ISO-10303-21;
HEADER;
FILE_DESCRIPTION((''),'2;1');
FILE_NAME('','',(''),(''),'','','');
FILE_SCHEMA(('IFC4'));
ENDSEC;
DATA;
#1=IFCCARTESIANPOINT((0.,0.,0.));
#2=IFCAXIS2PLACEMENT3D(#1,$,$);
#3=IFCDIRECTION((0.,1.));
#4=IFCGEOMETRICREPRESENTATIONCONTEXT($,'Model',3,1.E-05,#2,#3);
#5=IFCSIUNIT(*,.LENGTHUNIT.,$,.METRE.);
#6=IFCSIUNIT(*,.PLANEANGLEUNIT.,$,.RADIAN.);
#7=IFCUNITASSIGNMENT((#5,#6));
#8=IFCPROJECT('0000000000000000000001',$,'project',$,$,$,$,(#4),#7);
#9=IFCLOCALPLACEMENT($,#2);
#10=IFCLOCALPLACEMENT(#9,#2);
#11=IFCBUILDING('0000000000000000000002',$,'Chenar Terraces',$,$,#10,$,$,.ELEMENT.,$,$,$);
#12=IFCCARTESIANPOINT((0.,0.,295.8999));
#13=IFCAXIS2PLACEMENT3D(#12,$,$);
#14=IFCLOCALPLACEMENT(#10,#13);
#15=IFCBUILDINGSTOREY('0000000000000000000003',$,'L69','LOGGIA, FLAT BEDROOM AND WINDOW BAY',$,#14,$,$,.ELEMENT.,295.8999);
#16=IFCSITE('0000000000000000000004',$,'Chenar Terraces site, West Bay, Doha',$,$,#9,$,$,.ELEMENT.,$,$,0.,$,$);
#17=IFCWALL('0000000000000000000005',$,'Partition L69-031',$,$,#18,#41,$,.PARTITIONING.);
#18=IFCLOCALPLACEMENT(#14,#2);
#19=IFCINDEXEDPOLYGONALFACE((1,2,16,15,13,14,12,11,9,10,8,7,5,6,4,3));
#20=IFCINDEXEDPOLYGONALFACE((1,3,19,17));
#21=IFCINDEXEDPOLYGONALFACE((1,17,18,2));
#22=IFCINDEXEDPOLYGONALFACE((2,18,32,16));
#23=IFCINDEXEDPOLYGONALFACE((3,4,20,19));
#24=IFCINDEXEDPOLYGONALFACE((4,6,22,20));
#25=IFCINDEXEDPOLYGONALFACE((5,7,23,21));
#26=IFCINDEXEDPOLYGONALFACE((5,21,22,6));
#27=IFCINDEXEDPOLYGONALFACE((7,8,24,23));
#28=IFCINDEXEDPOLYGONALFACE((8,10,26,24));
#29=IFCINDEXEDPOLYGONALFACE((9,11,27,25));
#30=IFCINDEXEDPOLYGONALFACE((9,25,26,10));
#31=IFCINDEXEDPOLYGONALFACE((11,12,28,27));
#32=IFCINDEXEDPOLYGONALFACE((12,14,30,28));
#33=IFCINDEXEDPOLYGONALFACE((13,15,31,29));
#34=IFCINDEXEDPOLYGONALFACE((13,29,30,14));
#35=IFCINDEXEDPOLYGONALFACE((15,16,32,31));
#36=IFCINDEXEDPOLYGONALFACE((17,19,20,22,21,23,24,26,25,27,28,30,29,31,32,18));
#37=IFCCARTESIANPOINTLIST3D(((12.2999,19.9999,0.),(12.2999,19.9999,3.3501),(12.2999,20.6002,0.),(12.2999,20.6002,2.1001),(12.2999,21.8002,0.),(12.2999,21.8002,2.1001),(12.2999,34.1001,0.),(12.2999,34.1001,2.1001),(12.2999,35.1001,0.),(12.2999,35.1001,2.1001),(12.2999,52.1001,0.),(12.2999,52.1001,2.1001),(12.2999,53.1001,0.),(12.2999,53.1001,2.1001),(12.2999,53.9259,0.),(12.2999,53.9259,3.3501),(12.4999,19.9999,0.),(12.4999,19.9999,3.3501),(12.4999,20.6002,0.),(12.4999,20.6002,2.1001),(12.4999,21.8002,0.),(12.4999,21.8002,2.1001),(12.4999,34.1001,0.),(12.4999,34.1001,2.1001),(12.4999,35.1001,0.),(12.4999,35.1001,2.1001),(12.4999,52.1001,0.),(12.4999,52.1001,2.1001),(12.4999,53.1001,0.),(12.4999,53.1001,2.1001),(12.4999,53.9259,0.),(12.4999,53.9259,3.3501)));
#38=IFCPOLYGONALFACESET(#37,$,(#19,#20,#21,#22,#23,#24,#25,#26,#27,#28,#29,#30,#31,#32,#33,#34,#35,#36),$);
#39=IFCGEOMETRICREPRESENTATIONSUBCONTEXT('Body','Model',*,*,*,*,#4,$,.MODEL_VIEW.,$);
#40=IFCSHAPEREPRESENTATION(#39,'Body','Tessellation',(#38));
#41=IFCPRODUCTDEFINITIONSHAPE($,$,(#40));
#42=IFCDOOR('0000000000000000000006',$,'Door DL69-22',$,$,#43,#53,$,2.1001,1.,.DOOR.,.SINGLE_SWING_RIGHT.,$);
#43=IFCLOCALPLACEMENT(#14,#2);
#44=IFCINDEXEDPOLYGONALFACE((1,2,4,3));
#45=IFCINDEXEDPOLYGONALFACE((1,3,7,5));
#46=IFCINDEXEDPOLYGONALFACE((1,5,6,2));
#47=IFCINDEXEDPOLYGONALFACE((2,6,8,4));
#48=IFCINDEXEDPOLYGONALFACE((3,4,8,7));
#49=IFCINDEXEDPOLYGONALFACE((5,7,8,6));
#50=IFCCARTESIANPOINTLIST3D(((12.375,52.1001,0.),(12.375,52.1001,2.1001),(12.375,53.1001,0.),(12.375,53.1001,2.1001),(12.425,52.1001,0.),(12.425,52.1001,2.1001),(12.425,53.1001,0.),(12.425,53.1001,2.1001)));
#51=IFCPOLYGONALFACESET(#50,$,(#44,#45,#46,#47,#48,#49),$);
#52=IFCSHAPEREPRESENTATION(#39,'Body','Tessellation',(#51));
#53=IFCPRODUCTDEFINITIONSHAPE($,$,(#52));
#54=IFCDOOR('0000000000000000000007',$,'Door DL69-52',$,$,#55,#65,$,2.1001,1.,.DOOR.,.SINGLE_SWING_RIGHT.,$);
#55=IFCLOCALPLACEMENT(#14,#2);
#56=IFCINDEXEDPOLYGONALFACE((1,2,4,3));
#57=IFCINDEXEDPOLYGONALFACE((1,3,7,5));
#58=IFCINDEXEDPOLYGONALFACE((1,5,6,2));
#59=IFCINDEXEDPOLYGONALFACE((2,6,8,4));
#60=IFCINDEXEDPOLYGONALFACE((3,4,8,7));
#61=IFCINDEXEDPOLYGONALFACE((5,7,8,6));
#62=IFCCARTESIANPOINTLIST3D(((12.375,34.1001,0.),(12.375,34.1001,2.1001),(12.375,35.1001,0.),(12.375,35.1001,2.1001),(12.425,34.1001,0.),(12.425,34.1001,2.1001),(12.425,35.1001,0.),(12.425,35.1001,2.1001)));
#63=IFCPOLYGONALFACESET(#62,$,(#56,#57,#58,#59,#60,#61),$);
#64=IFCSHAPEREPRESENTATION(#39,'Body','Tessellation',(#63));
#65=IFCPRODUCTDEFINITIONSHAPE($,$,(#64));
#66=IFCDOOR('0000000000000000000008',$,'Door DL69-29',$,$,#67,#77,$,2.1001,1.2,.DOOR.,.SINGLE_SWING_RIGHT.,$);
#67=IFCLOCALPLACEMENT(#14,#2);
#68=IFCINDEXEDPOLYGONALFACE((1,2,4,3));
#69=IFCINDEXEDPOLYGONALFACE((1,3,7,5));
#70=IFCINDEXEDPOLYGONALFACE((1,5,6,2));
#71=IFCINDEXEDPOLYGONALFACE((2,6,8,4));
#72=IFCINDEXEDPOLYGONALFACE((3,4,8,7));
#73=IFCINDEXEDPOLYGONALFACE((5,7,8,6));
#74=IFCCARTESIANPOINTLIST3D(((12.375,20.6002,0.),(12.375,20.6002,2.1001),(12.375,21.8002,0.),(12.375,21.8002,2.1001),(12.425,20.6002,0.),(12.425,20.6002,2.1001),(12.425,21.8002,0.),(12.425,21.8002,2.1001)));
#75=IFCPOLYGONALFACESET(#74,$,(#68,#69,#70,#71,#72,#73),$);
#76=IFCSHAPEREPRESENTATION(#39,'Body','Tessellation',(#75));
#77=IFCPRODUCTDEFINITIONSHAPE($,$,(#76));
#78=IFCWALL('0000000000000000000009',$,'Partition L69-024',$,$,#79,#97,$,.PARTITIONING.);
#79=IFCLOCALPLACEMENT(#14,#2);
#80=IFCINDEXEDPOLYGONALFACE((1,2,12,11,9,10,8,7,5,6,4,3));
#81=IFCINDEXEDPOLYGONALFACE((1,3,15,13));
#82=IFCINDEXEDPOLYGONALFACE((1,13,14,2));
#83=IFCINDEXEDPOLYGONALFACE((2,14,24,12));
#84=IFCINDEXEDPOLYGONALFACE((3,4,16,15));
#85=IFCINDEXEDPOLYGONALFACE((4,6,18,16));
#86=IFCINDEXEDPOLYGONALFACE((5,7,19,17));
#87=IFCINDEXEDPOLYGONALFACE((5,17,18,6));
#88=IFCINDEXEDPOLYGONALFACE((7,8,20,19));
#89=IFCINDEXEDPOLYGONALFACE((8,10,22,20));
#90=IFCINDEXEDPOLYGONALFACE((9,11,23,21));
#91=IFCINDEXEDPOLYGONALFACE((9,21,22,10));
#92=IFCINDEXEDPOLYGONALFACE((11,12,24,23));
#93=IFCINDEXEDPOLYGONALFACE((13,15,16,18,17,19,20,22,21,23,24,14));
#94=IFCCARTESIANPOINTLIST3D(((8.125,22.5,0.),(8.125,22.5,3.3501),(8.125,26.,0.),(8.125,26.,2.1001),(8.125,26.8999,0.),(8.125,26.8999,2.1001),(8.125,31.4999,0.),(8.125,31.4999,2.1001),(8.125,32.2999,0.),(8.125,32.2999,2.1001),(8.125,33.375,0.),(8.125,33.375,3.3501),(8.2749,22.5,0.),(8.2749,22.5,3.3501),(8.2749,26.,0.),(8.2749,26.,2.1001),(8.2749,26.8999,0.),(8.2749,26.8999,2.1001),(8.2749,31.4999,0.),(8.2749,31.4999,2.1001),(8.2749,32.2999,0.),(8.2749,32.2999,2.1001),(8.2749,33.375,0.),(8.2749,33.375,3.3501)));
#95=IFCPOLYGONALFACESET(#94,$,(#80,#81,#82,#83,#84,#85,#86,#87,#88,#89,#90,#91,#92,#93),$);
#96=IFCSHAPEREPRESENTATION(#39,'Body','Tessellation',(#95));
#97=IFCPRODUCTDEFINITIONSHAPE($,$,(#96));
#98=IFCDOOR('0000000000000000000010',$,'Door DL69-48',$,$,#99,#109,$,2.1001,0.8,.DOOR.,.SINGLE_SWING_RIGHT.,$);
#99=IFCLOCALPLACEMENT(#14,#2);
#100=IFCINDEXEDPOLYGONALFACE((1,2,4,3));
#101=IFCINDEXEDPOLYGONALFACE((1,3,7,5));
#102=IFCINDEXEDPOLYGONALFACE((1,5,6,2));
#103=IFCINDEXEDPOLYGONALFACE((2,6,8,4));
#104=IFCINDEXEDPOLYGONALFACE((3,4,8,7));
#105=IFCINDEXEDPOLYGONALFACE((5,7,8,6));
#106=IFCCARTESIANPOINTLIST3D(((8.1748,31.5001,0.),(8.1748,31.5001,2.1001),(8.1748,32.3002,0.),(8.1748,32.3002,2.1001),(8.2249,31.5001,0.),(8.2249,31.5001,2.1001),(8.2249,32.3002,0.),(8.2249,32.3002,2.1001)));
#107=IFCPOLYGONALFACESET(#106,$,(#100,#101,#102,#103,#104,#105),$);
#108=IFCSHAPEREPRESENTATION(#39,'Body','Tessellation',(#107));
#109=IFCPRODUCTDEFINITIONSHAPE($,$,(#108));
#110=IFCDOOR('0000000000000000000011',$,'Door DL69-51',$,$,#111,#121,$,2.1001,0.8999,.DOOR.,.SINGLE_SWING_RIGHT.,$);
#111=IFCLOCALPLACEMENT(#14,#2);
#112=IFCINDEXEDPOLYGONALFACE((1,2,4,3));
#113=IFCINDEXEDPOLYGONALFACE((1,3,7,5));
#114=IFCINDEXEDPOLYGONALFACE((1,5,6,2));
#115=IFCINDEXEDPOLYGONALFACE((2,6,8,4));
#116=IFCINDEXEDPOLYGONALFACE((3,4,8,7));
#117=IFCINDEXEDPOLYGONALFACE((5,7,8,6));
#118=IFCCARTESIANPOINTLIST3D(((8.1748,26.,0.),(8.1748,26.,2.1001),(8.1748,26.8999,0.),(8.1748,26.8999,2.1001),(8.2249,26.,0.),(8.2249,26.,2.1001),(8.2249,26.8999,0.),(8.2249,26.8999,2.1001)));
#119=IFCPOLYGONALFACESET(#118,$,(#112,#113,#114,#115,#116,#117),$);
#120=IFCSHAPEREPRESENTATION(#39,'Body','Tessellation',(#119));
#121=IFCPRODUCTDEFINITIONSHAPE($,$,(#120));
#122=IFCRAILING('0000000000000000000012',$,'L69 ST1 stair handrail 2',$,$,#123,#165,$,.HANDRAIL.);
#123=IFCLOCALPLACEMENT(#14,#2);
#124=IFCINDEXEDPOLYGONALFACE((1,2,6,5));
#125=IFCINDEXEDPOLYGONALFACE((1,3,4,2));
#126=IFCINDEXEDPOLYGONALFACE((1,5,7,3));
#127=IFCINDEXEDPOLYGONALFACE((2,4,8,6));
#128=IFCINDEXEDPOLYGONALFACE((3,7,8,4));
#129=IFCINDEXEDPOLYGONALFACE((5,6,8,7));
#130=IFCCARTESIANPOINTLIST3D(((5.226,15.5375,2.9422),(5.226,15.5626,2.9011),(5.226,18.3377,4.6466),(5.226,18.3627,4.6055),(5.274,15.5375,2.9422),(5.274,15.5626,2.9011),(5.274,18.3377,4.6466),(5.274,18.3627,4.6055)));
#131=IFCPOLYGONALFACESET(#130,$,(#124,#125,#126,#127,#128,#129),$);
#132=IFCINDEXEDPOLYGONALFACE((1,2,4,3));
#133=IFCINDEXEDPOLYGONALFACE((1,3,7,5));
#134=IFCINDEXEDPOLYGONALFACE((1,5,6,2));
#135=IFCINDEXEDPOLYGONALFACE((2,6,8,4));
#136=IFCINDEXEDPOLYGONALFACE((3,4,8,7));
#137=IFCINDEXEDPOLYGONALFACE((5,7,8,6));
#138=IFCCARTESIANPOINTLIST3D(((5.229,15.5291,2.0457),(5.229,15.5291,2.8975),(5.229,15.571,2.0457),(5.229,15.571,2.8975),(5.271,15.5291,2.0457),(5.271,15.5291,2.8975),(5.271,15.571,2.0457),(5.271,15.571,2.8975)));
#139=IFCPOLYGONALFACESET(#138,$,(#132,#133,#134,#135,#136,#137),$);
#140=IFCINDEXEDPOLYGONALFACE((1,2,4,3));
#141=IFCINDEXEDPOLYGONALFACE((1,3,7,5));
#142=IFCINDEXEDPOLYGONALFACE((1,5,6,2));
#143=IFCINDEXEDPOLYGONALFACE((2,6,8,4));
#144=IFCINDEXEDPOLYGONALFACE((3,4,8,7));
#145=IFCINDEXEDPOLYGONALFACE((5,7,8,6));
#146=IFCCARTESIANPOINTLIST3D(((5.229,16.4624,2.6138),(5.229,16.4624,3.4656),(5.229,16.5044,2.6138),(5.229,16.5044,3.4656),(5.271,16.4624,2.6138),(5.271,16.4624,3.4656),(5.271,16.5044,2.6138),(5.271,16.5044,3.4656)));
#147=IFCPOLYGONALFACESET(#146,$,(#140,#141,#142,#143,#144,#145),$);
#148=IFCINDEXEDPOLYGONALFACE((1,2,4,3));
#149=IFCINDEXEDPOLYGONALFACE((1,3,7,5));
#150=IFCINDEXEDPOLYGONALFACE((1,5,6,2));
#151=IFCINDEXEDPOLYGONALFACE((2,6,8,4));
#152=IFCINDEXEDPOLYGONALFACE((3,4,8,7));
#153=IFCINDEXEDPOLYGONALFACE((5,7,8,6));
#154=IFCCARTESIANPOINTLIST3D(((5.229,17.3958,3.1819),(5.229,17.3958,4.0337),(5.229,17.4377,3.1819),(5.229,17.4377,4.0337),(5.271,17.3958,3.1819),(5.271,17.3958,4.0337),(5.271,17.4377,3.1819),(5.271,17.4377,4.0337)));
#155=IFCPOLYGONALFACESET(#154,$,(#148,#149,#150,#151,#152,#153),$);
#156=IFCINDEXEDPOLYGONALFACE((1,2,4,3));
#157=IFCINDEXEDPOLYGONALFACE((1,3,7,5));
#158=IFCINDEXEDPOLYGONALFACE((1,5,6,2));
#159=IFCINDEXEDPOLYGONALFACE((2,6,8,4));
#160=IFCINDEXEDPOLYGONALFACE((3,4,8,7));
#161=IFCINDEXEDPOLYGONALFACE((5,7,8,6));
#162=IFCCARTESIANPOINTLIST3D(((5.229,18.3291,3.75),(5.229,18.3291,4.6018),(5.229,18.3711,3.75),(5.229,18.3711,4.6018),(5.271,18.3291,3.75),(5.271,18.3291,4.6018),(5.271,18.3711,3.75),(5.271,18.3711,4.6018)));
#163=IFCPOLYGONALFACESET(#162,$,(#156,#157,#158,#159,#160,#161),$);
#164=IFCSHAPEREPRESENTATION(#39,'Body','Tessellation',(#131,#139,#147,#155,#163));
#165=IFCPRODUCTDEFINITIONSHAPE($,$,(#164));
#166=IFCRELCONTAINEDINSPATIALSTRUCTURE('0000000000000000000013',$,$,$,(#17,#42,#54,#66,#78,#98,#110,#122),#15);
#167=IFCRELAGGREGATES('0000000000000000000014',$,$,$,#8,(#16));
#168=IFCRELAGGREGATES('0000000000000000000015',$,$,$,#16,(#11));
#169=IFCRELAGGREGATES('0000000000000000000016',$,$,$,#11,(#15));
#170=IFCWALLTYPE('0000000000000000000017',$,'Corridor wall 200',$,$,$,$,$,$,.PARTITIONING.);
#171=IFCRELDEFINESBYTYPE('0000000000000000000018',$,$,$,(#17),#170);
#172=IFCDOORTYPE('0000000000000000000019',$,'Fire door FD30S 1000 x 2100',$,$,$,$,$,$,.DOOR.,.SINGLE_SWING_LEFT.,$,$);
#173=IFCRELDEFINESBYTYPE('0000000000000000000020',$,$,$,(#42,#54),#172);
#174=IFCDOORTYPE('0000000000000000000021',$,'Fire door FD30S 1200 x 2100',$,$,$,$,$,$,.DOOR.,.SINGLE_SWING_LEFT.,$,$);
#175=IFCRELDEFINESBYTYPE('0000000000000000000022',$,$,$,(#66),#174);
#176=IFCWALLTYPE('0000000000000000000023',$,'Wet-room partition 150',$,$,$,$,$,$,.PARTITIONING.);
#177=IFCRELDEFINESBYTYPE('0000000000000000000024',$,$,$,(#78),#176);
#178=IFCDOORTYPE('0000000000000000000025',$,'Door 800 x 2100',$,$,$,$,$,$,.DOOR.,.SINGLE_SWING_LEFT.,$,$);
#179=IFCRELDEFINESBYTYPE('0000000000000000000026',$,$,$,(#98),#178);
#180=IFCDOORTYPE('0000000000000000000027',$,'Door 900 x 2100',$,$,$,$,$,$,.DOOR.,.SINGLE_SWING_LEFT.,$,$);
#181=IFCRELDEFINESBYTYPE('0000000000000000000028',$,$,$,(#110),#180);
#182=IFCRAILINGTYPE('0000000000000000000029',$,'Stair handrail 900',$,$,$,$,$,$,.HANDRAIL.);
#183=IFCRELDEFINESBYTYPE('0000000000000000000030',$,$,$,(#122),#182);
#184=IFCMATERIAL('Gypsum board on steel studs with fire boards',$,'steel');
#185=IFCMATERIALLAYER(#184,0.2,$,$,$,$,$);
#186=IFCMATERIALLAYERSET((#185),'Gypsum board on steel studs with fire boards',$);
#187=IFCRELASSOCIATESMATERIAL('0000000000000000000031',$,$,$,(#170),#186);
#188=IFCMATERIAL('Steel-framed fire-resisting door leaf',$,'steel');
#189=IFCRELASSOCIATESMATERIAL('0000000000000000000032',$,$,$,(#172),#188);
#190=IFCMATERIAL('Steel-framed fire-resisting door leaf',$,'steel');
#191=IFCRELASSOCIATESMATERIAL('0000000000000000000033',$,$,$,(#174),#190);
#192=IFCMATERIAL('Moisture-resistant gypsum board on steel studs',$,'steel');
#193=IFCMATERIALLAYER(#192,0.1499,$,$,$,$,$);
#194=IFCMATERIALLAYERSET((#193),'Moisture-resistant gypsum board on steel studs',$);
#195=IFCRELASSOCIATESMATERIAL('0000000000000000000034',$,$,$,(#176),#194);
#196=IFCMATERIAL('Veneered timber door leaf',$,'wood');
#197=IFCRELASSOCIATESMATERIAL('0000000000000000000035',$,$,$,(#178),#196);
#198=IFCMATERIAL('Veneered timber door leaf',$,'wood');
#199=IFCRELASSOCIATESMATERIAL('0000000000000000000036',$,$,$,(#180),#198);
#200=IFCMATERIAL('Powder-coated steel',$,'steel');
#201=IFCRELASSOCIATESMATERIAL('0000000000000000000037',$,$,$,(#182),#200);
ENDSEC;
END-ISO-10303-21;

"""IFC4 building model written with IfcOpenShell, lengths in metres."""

from ifc_helpers import new_model, si_unit, direction, frame, frame_2d, origin, origin_2d, place, context, subcontext, project, spatial, rectangle, extrude, material, layer, layer_set, type_object, element, fill, save


model = new_model("IFC4")

# Units and contexts
model_context = context("Model", 3, precision=1e-05, world=origin(), true_north=direction((0.0, 1.0)))
body_context = subcontext(model_context, "Body", "Model", "MODEL_VIEW")
ifc_project = project(units=[si_unit("LENGTHUNIT", "METRE"), si_unit("PLANEANGLEUNIT", "RADIAN")], contexts=[model_context])

# Site, building, storey
site_placement = place(None, origin())
site = spatial("IfcSite", under=ifc_project, at=site_placement, Name="Chenar Terraces site, West Bay, Doha", CompositionType="ELEMENT", RefElevation=0.0)
building_placement = place(site_placement, origin())
building = spatial("IfcBuilding", under=site, at=building_placement, Name="Chenar Terraces", CompositionType="ELEMENT")
storey_placement = place(building_placement, frame((0.0, 0.0, 295.8999)))
storey = spatial("IfcBuildingStorey", under=building, at=storey_placement, Name="L69", Description="LOGGIA, FLAT BEDROOM AND WINDOW BAY", CompositionType="ELEMENT", Elevation=295.8999)

# Walls, openings, doors
ifc_material_1 = material(Name="Gypsum board on steel studs with fire boards", Category="steel")
ifc_layer_1 = layer(ifc_material_1, 0.2)
ifc_layer_set_1 = layer_set([ifc_layer_1], Name="Gypsum board on steel studs with fire boards")
wall_type_1 = type_object("IfcWallType", Name="Corridor wall 200", PredefinedType="PARTITIONING", material=ifc_layer_set_1)
wall_1_placement = place(storey_placement, frame((12.3999, 20.0, 0.0), z_axis=(0.0, 0.0, 1.0), x_axis=(0.0, 1.0, 0.0)))
wall_1 = element("IfcWall", 1, at=wall_1_placement, inside=storey, type_object=wall_type_1, Name="Partition L69-031", PredefinedType="PARTITIONING", context=body_context, shape_type="SweptSolid", body=[
    extrude(rectangle(XDim=33.926, YDim=0.2, at=frame_2d((16.9629, 0.0))), origin(), (0.0, 0.0, 1.0), 3.3501),
])
opening_1_placement = place(wall_1_placement, frame((32.1001, 0.0, 0.0)))
opening_1 = element("IfcOpeningElement", 2, at=opening_1_placement, cuts=wall_1, PredefinedType="OPENING", context=body_context, shape_type="SweptSolid", body=[
    extrude(rectangle(XDim=1.0, YDim=2.1001, at=frame_2d((0.5, 1.05))), frame((0.0, 0.1099, 0.0), z_axis=(0.0, -1.0, 0.0), x_axis=(1.0, 0.0, 0.0)), (0.0, 0.0, 1.0), 0.22),
])
opening_2_placement = place(wall_1_placement, frame((0.6001, 0.0, 0.0)))
opening_2 = element("IfcOpeningElement", 3, at=opening_2_placement, cuts=wall_1, PredefinedType="OPENING", context=body_context, shape_type="SweptSolid", body=[
    extrude(rectangle(XDim=1.2, YDim=2.1001, at=frame_2d((0.6001, 1.05))), frame((0.0, 0.1099, 0.0), z_axis=(0.0, -1.0, 0.0), x_axis=(1.0, 0.0, 0.0)), (0.0, 0.0, 1.0), 0.22),
])
opening_3_placement = place(wall_1_placement, frame((14.1001, 0.0, 0.0)))
opening_3 = element("IfcOpeningElement", 4, at=opening_3_placement, cuts=wall_1, PredefinedType="OPENING", context=body_context, shape_type="SweptSolid", body=[
    extrude(rectangle(XDim=1.0, YDim=2.1001, at=frame_2d((0.5, 1.05))), frame((0.0, 0.1099, 0.0), z_axis=(0.0, -1.0, 0.0), x_axis=(1.0, 0.0, 0.0)), (0.0, 0.0, 1.0), 0.22),
])
ifc_material_2 = material(Name="Steel-framed fire-resisting door leaf", Category="steel")
door_type_1 = type_object("IfcDoorType", Name="Fire door FD30S 1000 x 2100", OperationType="SINGLE_SWING_LEFT", PredefinedType="DOOR", material=ifc_material_2)
door_1_placement = place(opening_1_placement, origin())
door_1 = element("IfcDoor", 5, at=door_1_placement, inside=storey, type_object=door_type_1, Name="Door DL69-22", OperationType="SINGLE_SWING_RIGHT", OverallHeight=2.1001, OverallWidth=1.0, PredefinedType="DOOR", context=body_context, shape_type="SweptSolid", body=[
    extrude(rectangle(XDim=1.0, YDim=2.1001, at=frame_2d((0.5, 1.05))), frame((0.0, 0.0249, 0.0), z_axis=(0.0, -1.0, 0.0), x_axis=(1.0, 0.0, 0.0)), (0.0, 0.0, 1.0), 0.05),
])
fill(opening_1, door_1)
door_2_placement = place(opening_3_placement, origin())
door_2 = element("IfcDoor", 6, at=door_2_placement, inside=storey, type_object=door_type_1, Name="Door DL69-52", OperationType="SINGLE_SWING_RIGHT", OverallHeight=2.1001, OverallWidth=1.0, PredefinedType="DOOR", context=body_context, shape_type="SweptSolid", body=[
    extrude(rectangle(XDim=1.0, YDim=2.1001, at=frame_2d((0.5, 1.05))), frame((0.0, 0.0249, 0.0), z_axis=(0.0, -1.0, 0.0), x_axis=(1.0, 0.0, 0.0)), (0.0, 0.0, 1.0), 0.05),
])
fill(opening_3, door_2)
ifc_material_3 = material(Name="Steel-framed fire-resisting door leaf", Category="steel")
door_type_2 = type_object("IfcDoorType", Name="Fire door FD30S 1200 x 2100", OperationType="SINGLE_SWING_LEFT", PredefinedType="DOOR", material=ifc_material_3)
door_3_placement = place(opening_2_placement, origin())
door_3 = element("IfcDoor", 7, at=door_3_placement, inside=storey, type_object=door_type_2, Name="Door DL69-29", OperationType="SINGLE_SWING_RIGHT", OverallHeight=2.1001, OverallWidth=1.2, PredefinedType="DOOR", context=body_context, shape_type="SweptSolid", body=[
    extrude(rectangle(XDim=1.2, YDim=2.1001, at=frame_2d((0.6001, 1.05))), frame((0.0, 0.0249, 0.0), z_axis=(0.0, -1.0, 0.0), x_axis=(1.0, 0.0, 0.0)), (0.0, 0.0, 1.0), 0.05),
])
fill(opening_2, door_3)
ifc_material_4 = material(Name="Moisture-resistant gypsum board on steel studs", Category="steel")
ifc_layer_2 = layer(ifc_material_4, 0.1499)
ifc_layer_set_2 = layer_set([ifc_layer_2], Name="Moisture-resistant gypsum board on steel studs")
wall_type_2 = type_object("IfcWallType", Name="Wet-room partition 150", PredefinedType="PARTITIONING", material=ifc_layer_set_2)
wall_2_placement = place(storey_placement, frame((8.2, 22.5, 0.0), z_axis=(0.0, 0.0, 1.0), x_axis=(0.0, 1.0, 0.0)))
wall_2 = element("IfcWall", 8, at=wall_2_placement, inside=storey, type_object=wall_type_2, Name="Partition L69-024", PredefinedType="PARTITIONING", context=body_context, shape_type="SweptSolid", body=[
    extrude(rectangle(XDim=10.875, YDim=0.1499, at=frame_2d((5.4375, 0.0))), origin(), (0.0, 0.0, 1.0), 3.3501),
])
opening_4_placement = place(wall_2_placement, frame((9.0, 0.0, 0.0)))
opening_4 = element("IfcOpeningElement", 9, at=opening_4_placement, cuts=wall_2, PredefinedType="OPENING", context=body_context, shape_type="SweptSolid", body=[
    extrude(rectangle(XDim=0.8, YDim=2.1001, at=frame_2d((0.3999, 1.05))), frame((0.0, 0.085, 0.0), z_axis=(0.0, -1.0, 0.0), x_axis=(1.0, 0.0, 0.0)), (0.0, 0.0, 1.0), 0.1699),
])
opening_5_placement = place(wall_2_placement, frame((3.5, 0.0, 0.0)))
opening_5 = element("IfcOpeningElement", 10, at=opening_5_placement, cuts=wall_2, PredefinedType="OPENING", context=body_context, shape_type="SweptSolid", body=[
    extrude(rectangle(XDim=0.8999, YDim=2.1001, at=frame_2d((0.45, 1.05))), frame((0.0, 0.085, 0.0), z_axis=(0.0, -1.0, 0.0), x_axis=(1.0, 0.0, 0.0)), (0.0, 0.0, 1.0), 0.1699),
])
ifc_material_5 = material(Name="Veneered timber door leaf", Category="wood")
door_type_3 = type_object("IfcDoorType", Name="Door 800 x 2100", OperationType="SINGLE_SWING_LEFT", PredefinedType="DOOR", material=ifc_material_5)
door_4_placement = place(opening_4_placement, frame((0.8, 0.0, 0.0), z_axis=(0.0, 0.0, 1.0), x_axis=(-1.0, 0.0, 0.0)))
door_4 = element("IfcDoor", 11, at=door_4_placement, inside=storey, type_object=door_type_3, Name="Door DL69-48", OperationType="SINGLE_SWING_RIGHT", OverallHeight=2.1001, OverallWidth=0.8, PredefinedType="DOOR", context=body_context, shape_type="SweptSolid", body=[
    extrude(rectangle(XDim=0.8, YDim=2.1001, at=frame_2d((0.3999, 1.05))), frame((0.0, 0.0249, 0.0), z_axis=(0.0, -1.0, 0.0), x_axis=(1.0, 0.0, 0.0)), (0.0, 0.0, 1.0), 0.05),
])
fill(opening_4, door_4)
ifc_material_6 = material(Name="Veneered timber door leaf", Category="wood")
door_type_4 = type_object("IfcDoorType", Name="Door 900 x 2100", OperationType="SINGLE_SWING_LEFT", PredefinedType="DOOR", material=ifc_material_6)
door_5_placement = place(opening_5_placement, frame((0.8999, 0.0, 0.0), z_axis=(0.0, 0.0, 1.0), x_axis=(-1.0, 0.0, 0.0)))
door_5 = element("IfcDoor", 12, at=door_5_placement, inside=storey, type_object=door_type_4, Name="Door DL69-51", OperationType="SINGLE_SWING_RIGHT", OverallHeight=2.1001, OverallWidth=0.8999, PredefinedType="DOOR", context=body_context, shape_type="SweptSolid", body=[
    extrude(rectangle(XDim=0.8999, YDim=2.1001, at=frame_2d((0.45, 1.05))), frame((0.0, 0.0249, 0.0), z_axis=(0.0, -1.0, 0.0), x_axis=(1.0, 0.0, 0.0)), (0.0, 0.0, 1.0), 0.05),
])
fill(opening_5, door_5)

# Railing
ifc_material_7 = material(Name="Powder-coated steel", Category="steel")
railing_type = type_object("IfcRailingType", Name="Stair handrail 900", PredefinedType="HANDRAIL", material=ifc_material_7)
railing_placement = place(storey_placement, frame((5.25, 15.55, 2.0457)))
element("IfcRailing", 13, at=railing_placement, inside=storey, type_object=railing_type, Name="L69 ST1 stair handrail 2", PredefinedType="HANDRAIL", context=body_context, shape_type="SweptSolid", body=[
    extrude(rectangle(XDim=0.0481, YDim=0.0481, at=origin_2d()), frame((0.0, 0.0, 0.876), z_axis=(0.0, 0.854203, 0.51994), x_axis=(-1.0, 0.0, 0.0)), (0.0, 0.0, 1.0), 3.2781),
    extrude(rectangle(XDim=0.042, YDim=0.042, at=origin_2d()), origin(), (0.0, 0.0, 1.0), 0.8518),
    extrude(rectangle(XDim=0.042, YDim=0.042, at=origin_2d()), frame((0.0, 0.9333, 0.5681)), (0.0, 0.0, 1.0), 0.8518),
    extrude(rectangle(XDim=0.042, YDim=0.042, at=origin_2d()), frame((0.0, 1.8667, 1.1362)), (0.0, 0.0, 1.0), 0.8518),
    extrude(rectangle(XDim=0.042, YDim=0.042, at=origin_2d()), frame((0.0, 2.8, 1.7043)), (0.0, 0.0, 1.0), 0.8518),
])

save(model, "model.ifc")
